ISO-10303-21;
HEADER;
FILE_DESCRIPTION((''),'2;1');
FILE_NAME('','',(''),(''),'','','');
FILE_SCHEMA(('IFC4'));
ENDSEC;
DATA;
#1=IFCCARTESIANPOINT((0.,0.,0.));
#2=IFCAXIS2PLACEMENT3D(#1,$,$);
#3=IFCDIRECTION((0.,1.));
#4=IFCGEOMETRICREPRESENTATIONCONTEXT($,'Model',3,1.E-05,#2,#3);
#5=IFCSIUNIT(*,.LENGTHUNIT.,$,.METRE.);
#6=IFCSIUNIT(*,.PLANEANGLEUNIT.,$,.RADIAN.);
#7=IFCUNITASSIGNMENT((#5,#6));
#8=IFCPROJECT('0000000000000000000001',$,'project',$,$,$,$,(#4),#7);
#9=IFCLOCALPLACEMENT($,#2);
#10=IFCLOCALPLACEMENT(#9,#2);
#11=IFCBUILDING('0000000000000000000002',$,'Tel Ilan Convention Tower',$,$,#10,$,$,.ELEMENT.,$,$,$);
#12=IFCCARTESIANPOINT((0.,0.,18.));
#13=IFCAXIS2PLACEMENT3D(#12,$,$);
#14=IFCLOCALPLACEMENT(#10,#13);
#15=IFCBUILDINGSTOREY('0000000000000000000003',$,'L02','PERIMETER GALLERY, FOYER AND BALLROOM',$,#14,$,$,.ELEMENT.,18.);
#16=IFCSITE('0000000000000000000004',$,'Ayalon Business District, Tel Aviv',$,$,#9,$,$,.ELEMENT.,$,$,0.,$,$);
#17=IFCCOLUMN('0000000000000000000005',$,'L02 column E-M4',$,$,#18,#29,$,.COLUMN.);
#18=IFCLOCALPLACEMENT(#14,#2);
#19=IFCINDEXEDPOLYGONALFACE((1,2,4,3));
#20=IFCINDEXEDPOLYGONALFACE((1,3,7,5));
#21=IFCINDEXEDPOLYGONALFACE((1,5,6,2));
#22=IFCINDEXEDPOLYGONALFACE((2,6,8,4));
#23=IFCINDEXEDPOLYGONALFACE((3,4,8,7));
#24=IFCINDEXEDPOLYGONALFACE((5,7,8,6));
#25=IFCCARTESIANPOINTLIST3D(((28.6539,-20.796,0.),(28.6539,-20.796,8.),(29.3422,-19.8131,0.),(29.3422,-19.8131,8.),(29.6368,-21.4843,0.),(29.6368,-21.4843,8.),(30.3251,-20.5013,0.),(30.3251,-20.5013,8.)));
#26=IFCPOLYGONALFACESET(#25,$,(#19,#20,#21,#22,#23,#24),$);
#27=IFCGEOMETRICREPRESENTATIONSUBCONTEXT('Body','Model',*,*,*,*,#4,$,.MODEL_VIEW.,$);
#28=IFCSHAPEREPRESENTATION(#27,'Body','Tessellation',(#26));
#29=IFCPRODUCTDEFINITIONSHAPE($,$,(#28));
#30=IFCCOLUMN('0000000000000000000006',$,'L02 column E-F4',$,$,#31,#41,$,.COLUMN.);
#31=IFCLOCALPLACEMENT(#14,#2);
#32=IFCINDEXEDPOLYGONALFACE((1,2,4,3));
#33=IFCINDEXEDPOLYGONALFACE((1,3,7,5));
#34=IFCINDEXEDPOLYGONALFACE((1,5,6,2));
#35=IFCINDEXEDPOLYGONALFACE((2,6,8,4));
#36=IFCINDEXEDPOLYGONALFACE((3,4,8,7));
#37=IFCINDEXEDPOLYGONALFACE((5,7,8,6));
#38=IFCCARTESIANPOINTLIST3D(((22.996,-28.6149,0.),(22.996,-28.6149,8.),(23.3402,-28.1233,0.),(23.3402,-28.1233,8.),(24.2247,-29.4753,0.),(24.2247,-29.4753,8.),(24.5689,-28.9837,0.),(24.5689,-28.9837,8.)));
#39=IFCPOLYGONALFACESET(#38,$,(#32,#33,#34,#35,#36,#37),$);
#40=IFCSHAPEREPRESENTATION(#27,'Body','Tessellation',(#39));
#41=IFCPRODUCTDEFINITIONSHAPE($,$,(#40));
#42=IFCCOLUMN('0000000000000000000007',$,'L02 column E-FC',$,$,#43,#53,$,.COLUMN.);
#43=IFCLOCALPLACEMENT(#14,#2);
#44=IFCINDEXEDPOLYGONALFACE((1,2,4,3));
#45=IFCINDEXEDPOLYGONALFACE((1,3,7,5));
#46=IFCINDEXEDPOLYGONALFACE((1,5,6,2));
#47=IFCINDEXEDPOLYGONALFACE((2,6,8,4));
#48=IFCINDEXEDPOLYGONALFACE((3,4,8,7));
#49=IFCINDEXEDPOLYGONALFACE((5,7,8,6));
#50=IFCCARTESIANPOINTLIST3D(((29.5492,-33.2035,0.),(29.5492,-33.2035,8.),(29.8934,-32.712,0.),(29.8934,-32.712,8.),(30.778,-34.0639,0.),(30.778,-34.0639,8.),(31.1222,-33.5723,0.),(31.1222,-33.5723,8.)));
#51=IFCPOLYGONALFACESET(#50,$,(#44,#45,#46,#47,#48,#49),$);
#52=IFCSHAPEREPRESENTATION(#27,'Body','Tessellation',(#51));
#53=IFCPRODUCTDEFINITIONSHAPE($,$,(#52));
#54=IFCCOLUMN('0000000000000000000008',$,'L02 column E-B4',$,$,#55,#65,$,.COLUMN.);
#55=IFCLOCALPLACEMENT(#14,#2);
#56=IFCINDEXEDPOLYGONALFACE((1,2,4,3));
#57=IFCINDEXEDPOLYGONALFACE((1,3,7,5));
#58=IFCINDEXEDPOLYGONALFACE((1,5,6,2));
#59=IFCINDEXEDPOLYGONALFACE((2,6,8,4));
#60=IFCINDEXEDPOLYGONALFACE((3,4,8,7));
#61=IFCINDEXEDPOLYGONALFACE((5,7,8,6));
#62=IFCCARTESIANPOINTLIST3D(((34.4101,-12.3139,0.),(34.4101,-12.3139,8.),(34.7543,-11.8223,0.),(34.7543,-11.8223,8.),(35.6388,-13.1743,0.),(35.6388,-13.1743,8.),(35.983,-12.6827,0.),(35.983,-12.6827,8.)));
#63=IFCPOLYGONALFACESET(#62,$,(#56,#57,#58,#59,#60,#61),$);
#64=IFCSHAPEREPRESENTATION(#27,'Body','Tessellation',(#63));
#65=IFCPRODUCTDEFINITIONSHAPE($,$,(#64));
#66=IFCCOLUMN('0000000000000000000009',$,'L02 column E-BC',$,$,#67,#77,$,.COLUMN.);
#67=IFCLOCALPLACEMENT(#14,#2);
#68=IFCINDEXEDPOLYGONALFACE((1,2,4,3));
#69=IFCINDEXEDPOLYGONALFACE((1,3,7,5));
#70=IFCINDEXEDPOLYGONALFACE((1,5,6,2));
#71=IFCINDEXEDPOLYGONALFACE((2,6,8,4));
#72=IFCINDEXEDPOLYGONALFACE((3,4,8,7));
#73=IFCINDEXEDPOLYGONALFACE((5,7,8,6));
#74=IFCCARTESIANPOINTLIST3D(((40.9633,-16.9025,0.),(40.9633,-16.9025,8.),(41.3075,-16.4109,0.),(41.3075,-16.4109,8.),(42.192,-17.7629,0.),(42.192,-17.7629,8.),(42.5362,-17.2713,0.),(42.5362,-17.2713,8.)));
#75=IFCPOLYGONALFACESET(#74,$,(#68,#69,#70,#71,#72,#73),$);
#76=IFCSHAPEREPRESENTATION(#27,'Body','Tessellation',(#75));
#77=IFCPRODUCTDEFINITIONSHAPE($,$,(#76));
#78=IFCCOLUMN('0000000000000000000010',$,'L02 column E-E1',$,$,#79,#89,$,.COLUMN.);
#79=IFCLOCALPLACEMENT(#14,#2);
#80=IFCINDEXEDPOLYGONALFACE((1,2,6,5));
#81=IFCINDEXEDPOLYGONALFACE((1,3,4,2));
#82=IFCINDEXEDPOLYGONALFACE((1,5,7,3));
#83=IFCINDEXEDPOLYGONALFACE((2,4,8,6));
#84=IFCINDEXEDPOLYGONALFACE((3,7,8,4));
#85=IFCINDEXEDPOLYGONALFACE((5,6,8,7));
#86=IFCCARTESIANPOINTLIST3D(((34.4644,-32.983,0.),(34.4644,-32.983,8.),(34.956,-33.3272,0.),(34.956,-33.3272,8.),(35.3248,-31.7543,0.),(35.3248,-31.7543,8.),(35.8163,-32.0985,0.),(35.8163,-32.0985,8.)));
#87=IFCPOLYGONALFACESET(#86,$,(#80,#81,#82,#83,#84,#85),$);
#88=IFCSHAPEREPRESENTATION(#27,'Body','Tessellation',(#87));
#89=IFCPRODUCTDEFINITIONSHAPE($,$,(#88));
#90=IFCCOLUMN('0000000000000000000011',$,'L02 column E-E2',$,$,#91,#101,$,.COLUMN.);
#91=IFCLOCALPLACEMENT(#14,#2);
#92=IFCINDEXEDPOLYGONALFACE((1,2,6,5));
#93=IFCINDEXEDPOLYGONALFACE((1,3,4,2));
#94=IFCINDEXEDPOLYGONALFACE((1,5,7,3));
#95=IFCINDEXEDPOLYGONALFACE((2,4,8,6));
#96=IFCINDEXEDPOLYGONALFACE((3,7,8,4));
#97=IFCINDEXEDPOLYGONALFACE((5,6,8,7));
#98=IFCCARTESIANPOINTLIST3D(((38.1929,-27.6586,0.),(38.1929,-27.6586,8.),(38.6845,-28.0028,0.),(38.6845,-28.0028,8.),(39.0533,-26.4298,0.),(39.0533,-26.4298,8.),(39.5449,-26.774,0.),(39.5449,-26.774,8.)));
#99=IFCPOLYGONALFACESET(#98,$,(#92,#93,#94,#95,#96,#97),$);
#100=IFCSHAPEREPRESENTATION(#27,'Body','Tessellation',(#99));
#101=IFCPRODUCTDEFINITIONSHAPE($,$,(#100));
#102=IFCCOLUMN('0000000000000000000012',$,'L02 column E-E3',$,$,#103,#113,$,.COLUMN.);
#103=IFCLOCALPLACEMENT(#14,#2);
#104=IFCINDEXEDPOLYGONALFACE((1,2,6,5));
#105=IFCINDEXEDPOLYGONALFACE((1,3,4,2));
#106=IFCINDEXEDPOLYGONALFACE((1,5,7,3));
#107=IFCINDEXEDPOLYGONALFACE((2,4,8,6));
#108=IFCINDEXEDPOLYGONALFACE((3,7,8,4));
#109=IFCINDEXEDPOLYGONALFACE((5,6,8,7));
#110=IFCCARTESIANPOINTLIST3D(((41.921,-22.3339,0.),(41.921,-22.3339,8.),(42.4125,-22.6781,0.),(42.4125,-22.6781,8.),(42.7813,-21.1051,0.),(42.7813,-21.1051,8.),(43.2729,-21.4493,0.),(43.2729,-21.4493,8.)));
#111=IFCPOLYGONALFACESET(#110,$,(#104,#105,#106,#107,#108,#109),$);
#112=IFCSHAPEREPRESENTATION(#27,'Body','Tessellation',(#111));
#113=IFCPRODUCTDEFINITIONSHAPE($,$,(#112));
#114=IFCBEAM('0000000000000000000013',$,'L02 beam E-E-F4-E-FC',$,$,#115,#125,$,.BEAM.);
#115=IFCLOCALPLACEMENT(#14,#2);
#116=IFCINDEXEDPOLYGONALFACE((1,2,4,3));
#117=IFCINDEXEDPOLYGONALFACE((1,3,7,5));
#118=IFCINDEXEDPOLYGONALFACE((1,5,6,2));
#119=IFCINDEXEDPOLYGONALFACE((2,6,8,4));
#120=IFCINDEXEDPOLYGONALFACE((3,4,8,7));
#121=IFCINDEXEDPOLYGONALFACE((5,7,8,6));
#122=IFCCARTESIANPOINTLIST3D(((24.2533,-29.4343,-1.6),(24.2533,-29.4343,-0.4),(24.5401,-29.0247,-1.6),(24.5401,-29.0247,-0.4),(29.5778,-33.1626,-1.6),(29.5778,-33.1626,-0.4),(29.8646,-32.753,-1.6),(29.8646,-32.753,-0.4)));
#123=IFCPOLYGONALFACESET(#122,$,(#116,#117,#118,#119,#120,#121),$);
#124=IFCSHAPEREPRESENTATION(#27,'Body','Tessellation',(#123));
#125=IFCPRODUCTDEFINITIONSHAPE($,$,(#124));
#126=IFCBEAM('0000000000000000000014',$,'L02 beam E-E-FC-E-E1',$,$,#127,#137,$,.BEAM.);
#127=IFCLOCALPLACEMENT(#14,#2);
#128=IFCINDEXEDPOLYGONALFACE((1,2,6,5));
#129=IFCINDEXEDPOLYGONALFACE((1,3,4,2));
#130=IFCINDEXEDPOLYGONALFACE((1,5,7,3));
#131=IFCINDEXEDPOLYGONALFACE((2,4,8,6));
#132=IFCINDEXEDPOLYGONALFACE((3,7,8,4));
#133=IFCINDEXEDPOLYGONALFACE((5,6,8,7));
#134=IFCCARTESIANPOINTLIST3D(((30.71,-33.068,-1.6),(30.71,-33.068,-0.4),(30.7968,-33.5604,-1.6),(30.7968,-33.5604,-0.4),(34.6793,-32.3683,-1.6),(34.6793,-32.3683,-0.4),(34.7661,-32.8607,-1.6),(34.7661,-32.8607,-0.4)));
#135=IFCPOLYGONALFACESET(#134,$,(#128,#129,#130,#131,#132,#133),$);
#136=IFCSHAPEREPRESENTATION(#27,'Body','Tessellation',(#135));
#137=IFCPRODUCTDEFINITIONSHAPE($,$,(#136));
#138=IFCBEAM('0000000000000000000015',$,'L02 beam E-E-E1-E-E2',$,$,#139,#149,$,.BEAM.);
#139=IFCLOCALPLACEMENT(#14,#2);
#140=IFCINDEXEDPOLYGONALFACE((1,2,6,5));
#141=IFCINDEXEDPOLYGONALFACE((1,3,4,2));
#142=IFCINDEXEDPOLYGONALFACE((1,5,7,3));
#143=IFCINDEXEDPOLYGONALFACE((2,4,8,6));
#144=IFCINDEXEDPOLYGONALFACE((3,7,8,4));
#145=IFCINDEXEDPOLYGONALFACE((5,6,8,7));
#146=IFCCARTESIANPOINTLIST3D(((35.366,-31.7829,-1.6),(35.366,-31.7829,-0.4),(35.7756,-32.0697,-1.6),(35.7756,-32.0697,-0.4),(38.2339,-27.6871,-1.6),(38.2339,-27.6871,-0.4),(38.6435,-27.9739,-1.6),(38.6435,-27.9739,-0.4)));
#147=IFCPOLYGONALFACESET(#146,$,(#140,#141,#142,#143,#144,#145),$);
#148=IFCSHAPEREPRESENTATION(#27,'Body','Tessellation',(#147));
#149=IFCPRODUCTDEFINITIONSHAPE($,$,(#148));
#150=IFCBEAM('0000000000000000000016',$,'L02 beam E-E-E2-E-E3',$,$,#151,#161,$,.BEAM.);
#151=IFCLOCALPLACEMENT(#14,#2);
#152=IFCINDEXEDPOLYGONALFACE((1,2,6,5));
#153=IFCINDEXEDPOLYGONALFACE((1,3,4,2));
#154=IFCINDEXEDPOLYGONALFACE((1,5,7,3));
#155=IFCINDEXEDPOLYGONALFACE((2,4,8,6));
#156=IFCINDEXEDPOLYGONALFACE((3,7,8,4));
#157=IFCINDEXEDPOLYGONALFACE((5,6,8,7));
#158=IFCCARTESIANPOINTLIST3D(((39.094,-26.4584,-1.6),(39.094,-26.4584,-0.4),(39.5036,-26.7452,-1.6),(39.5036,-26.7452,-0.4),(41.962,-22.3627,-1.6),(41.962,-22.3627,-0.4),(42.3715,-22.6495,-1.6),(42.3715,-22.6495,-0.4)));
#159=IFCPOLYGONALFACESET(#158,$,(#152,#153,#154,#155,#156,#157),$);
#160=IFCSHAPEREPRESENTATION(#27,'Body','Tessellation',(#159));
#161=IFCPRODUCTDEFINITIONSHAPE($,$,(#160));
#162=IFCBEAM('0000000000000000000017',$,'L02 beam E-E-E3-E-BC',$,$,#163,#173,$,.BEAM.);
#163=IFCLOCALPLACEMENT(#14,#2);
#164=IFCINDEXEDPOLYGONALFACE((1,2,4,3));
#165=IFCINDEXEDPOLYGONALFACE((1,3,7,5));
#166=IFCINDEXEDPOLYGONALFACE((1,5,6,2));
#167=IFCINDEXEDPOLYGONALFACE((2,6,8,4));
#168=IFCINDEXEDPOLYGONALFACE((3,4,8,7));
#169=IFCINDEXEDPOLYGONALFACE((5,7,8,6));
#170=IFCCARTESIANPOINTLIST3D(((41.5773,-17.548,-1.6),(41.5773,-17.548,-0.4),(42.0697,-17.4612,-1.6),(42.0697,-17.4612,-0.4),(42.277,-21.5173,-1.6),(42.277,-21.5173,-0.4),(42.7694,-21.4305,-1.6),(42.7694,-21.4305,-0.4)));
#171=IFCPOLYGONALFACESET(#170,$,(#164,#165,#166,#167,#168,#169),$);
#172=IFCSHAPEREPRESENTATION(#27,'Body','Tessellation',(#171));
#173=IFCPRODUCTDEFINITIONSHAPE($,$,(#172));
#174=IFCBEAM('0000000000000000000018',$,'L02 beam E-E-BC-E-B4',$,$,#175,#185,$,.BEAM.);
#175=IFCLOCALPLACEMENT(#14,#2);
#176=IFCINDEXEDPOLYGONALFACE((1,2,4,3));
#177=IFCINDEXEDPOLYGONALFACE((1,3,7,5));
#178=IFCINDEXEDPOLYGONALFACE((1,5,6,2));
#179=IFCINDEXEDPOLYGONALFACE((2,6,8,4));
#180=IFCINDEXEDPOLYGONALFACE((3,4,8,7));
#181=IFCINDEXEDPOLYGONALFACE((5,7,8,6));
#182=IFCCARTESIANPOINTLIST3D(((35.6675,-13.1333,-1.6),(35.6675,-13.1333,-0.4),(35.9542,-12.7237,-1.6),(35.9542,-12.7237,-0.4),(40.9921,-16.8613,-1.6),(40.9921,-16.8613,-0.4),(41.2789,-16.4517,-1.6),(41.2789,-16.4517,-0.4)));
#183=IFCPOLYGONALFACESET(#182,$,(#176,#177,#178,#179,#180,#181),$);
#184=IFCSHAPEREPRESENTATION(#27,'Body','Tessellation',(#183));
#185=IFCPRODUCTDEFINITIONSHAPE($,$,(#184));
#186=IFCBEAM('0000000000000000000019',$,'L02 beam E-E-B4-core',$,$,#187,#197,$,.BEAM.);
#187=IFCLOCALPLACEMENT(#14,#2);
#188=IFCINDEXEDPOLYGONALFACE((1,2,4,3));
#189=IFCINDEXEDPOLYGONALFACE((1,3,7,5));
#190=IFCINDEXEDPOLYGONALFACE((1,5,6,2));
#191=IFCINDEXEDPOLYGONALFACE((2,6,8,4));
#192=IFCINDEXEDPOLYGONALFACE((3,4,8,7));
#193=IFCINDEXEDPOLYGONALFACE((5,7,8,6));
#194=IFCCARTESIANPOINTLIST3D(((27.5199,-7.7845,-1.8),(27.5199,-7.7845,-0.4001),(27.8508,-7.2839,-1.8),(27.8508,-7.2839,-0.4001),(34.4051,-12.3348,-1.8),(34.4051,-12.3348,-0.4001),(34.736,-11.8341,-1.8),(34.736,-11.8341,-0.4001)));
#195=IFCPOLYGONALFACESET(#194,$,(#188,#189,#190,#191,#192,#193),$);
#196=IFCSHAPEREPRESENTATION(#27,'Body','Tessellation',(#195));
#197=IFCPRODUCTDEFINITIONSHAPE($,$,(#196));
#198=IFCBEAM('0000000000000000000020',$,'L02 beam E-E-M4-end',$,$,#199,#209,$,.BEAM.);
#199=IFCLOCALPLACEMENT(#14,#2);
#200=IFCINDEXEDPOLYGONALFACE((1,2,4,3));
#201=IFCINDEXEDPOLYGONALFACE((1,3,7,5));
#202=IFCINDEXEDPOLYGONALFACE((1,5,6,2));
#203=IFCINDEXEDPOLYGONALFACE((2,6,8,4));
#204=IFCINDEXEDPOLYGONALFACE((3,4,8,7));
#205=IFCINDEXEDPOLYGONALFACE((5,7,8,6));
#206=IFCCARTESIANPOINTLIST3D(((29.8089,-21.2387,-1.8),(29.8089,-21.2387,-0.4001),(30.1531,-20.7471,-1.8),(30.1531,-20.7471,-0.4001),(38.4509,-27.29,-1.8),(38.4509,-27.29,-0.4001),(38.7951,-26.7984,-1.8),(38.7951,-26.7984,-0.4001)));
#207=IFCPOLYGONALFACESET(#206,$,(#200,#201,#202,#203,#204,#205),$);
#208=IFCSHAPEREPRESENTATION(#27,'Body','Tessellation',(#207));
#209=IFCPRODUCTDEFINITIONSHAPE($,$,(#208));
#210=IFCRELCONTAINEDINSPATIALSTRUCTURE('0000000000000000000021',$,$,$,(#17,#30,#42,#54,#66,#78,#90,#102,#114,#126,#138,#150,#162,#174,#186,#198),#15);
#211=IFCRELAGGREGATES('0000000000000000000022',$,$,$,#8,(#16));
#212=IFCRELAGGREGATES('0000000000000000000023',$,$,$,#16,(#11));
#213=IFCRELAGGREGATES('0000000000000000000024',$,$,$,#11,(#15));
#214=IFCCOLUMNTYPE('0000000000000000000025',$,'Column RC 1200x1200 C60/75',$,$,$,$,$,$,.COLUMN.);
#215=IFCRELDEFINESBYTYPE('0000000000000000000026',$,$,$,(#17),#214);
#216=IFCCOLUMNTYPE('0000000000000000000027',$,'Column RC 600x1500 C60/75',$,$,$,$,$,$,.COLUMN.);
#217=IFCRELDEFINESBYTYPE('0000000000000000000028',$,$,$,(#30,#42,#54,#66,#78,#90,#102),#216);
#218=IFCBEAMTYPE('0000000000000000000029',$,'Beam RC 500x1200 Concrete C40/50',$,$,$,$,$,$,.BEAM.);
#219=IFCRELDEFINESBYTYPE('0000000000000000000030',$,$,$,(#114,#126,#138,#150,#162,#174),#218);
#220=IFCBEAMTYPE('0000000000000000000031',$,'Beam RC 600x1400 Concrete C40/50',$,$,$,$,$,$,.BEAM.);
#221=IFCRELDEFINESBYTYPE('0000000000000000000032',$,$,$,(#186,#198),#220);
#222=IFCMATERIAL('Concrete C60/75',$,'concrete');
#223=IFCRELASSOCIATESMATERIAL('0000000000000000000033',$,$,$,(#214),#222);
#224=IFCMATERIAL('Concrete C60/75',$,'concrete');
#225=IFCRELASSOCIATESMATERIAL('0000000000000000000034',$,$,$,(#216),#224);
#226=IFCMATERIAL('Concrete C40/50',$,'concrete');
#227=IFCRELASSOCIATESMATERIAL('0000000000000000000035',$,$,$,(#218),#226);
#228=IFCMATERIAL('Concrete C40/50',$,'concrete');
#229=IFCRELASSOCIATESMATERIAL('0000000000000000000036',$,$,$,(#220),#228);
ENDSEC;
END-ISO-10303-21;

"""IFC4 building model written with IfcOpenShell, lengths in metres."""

from ifc_helpers import new_model, si_unit, direction, frame, origin, origin_2d, place, context, subcontext, project, spatial, rectangle, extrude, material, material_profile, profile_set, type_object, element, save


model = new_model("IFC4")

# Units and contexts
model_context = context("Model", 3, precision=1e-05, world=origin(), true_north=direction((0.0, 1.0)))
body_context = subcontext(model_context, "Body", "Model", "MODEL_VIEW")
ifc_project = project(units=[si_unit("LENGTHUNIT", "METRE"), si_unit("PLANEANGLEUNIT", "RADIAN")], contexts=[model_context])

# Site, building, storey
site_placement = place(None, origin())
site = spatial("IfcSite", under=ifc_project, at=site_placement, Name="Ayalon Business District, Tel Aviv", CompositionType="ELEMENT", RefElevation=0.0)
building_placement = place(site_placement, origin())
building = spatial("IfcBuilding", under=site, at=building_placement, Name="Tel Ilan Convention Tower", CompositionType="ELEMENT")
storey_placement = place(building_placement, frame((0.0, 0.0, 18.0)))
storey = spatial("IfcBuildingStorey", under=building, at=storey_placement, Name="L02", Description="PERIMETER GALLERY, FOYER AND BALLROOM", CompositionType="ELEMENT", Elevation=18.0)

# Columns
ifc_material_1 = material(Name="Concrete C60/75", Category="concrete")
ifc_material_profile_1 = material_profile(ifc_material_1, rectangle(XDim=1.2, YDim=1.2, at=origin_2d()), Name="RC 1200x1200")
ifc_profile_set_1 = profile_set([ifc_material_profile_1], Name="Concrete C60/75")
column_type_1 = type_object("IfcColumnType", Name="Column RC 1200x1200 C60/75", PredefinedType="COLUMN", material=ifc_profile_set_1)
column_placement = place(storey_placement, frame((29.4895, -20.6487, 0.0), z_axis=(0.0, 0.0, 1.0), x_axis=(0.819152, -0.573576, 0.0)))
element("IfcColumn", 1, at=column_placement, inside=storey, type_object=column_type_1, Name="L02 column E-M4", PredefinedType="COLUMN", context=body_context, shape_type="SweptSolid", body=[
    extrude(rectangle(XDim=1.2, YDim=1.2, at=origin_2d()), origin(), (0.0, 0.0, 1.0), 8.0),
])
ifc_material_2 = material(Name="Concrete C60/75", Category="concrete")
ifc_material_profile_2 = material_profile(ifc_material_2, rectangle(XDim=1.5, YDim=0.6001, at=origin_2d()), Name="RC 600x1500")
ifc_profile_set_2 = profile_set([ifc_material_profile_2], Name="Concrete C60/75")
column_type_2 = type_object("IfcColumnType", Name="Column RC 600x1500 C60/75", PredefinedType="COLUMN", material=ifc_profile_set_2)
for number, where, z_axis, x_axis, name in (
    (2, (23.7825, -28.7993, 0.0), (0.0, 0.0, 1.0), (0.819152, -0.573576, 0.0), "L02 column E-F4"),
    (3, (30.3357, -33.3879, 0.0), (0.0, 0.0, 1.0), (0.819152, -0.573576, 0.0), "L02 column E-FC"),
    (4, (35.1965, -12.4983, 0.0), (0.0, 0.0, 1.0), (0.819152, -0.573576, 0.0), "L02 column E-B4"),
    (5, (41.7498, -17.0869, 0.0), (0.0, 0.0, 1.0), (0.819152, -0.573576, 0.0), "L02 column E-BC"),
    (6, (35.1404, -32.5408, 0.0), (0.0, 0.0, 1.0), (0.573576, 0.819152, 0.0), "L02 column E-E1"),
    (7, (38.8689, -27.2163, 0.0), (0.0, 0.0, 1.0), (0.573576, 0.819152, 0.0), "L02 column E-E2"),
    (8, (42.5969, -21.8916, 0.0), (0.0, 0.0, 1.0), (0.573576, 0.819152, 0.0), "L02 column E-E3"),
):
    element("IfcColumn", number, at=place(storey_placement, frame(where, z_axis=z_axis, x_axis=x_axis)), inside=storey, type_object=column_type_2, Name=name, PredefinedType="COLUMN", context=body_context, shape_type="SweptSolid", body=[
        extrude(rectangle(XDim=1.5, YDim=0.6001, at=origin_2d()), origin(), (0.0, 0.0, 1.0), 8.0),
    ])

# Beams
ifc_material_3 = material(Name="Concrete C40/50", Category="concrete")
ifc_material_profile_3 = material_profile(ifc_material_3, rectangle(XDim=0.5, YDim=1.2, at=origin_2d()), Name="RC 500x1200")
ifc_profile_set_3 = profile_set([ifc_material_profile_3], Name="Concrete C40/50")
beam_type_1 = type_object("IfcBeamType", Name="Beam RC 500x1200 Concrete C40/50", PredefinedType="BEAM", material=ifc_profile_set_3)
beam_1_placement = place(storey_placement, frame((24.3967, -29.2295, -1.0), z_axis=(0.819149, -0.573581, 0.0), x_axis=(0.573581, 0.819149, 0.0)))
element("IfcBeam", 9, at=beam_1_placement, inside=storey, type_object=beam_type_1, Name="L02 beam E-E-F4-E-FC", PredefinedType="BEAM", context=body_context, shape_type="SweptSolid", body=[
    extrude(rectangle(XDim=0.5, YDim=1.2, at=origin_2d()), origin(), (0.0, 0.0, 1.0), 6.5),
])
beam_2_placement = place(storey_placement, frame((30.7534, -33.3142, -1.0), z_axis=(0.984815, 0.173606, 0.0), x_axis=(-0.173606, 0.984815, 0.0)))
element("IfcBeam", 10, at=beam_2_placement, inside=storey, type_object=beam_type_1, Name="L02 beam E-E-FC-E-E1", PredefinedType="BEAM", context=body_context, shape_type="SweptSolid", body=[
    extrude(rectangle(XDim=0.5, YDim=1.2, at=origin_2d()), origin(), (0.0, 0.0, 1.0), 4.0305),
])
for number, where, z_axis, x_axis, name in (
    (11, (35.5708, -31.9263, -1.0), (0.573587, 0.819145, 0.0), (-0.819145, 0.573587, 0.0), "L02 beam E-E-E1-E-E2"),
    (12, (39.2988, -26.6018, -1.0), (0.573587, 0.819145, 0.0), (-0.819145, 0.573587, 0.0), "L02 beam E-E-E2-E-E3"),
):
    element("IfcBeam", number, at=place(storey_placement, frame(where, z_axis=z_axis, x_axis=x_axis)), inside=storey, type_object=beam_type_1, Name=name, PredefinedType="BEAM", context=body_context, shape_type="SweptSolid", body=[
        extrude(rectangle(XDim=0.5, YDim=1.2, at=origin_2d()), origin(), (0.0, 0.0, 1.0), 5.0),
    ])
beam_3_placement = place(storey_placement, frame((42.5232, -21.4739, -1.0), z_axis=(-0.173606, 0.984815, 0.0), x_axis=(-0.984815, -0.173606, 0.0)))
element("IfcBeam", 13, at=beam_3_placement, inside=storey, type_object=beam_type_1, Name="L02 beam E-E-E3-E-BC", PredefinedType="BEAM", context=body_context, shape_type="SweptSolid", body=[
    extrude(rectangle(XDim=0.5, YDim=1.2, at=origin_2d()), origin(), (0.0, 0.0, 1.0), 4.0305),
])
beam_4_placement = place(storey_placement, frame((41.1355, -16.6565, -1.0), z_axis=(-0.819179, 0.573538, 0.0), x_axis=(-0.573538, -0.819179, 0.0)))
element("IfcBeam", 14, at=beam_4_placement, inside=storey, type_object=beam_type_1, Name="L02 beam E-E-BC-E-B4", PredefinedType="BEAM", context=body_context, shape_type="SweptSolid", body=[
    extrude(rectangle(XDim=0.5, YDim=1.2, at=origin_2d()), origin(), (0.0, 0.0, 1.0), 6.5),
])
ifc_material_4 = material(Name="Concrete C40/50", Category="concrete")
ifc_material_profile_4 = material_profile(ifc_material_4, rectangle(XDim=0.6001, YDim=1.3999, at=origin_2d()), Name="RC 600x1400")
ifc_profile_set_4 = profile_set([ifc_material_profile_4], Name="Concrete C40/50")
beam_type_2 = type_object("IfcBeamType", Name="Beam RC 600x1400 Concrete C40/50", PredefinedType="BEAM", material=ifc_profile_set_4)
beam_5_placement = place(storey_placement, frame((34.5706, -12.0845, -1.1001), z_axis=(-0.834274, 0.551351, 0.0), x_axis=(-0.551351, -0.834274, 0.0)))
element("IfcBeam", 15, at=beam_5_placement, inside=storey, type_object=beam_type_2, Name="L02 beam E-E-B4-core", PredefinedType="BEAM", context=body_context, shape_type="SweptSolid", body=[
    extrude(rectangle(XDim=0.6001, YDim=1.3999, at=origin_2d()), origin(), (0.0, 0.0, 1.0), 8.2529),
])
beam_6_placement = place(storey_placement, frame((29.981, -20.9929, -1.1001), z_axis=(0.819151, -0.573577, 0.0), x_axis=(0.573577, 0.819151, 0.0)))
element("IfcBeam", 16, at=beam_6_placement, inside=storey, type_object=beam_type_2, Name="L02 beam E-E-M4-end", PredefinedType="BEAM", context=body_context, shape_type="SweptSolid", body=[
    extrude(rectangle(XDim=0.6001, YDim=1.3999, at=origin_2d()), origin(), (0.0, 0.0, 1.0), 10.55),
])

save(model, "model.ifc")
